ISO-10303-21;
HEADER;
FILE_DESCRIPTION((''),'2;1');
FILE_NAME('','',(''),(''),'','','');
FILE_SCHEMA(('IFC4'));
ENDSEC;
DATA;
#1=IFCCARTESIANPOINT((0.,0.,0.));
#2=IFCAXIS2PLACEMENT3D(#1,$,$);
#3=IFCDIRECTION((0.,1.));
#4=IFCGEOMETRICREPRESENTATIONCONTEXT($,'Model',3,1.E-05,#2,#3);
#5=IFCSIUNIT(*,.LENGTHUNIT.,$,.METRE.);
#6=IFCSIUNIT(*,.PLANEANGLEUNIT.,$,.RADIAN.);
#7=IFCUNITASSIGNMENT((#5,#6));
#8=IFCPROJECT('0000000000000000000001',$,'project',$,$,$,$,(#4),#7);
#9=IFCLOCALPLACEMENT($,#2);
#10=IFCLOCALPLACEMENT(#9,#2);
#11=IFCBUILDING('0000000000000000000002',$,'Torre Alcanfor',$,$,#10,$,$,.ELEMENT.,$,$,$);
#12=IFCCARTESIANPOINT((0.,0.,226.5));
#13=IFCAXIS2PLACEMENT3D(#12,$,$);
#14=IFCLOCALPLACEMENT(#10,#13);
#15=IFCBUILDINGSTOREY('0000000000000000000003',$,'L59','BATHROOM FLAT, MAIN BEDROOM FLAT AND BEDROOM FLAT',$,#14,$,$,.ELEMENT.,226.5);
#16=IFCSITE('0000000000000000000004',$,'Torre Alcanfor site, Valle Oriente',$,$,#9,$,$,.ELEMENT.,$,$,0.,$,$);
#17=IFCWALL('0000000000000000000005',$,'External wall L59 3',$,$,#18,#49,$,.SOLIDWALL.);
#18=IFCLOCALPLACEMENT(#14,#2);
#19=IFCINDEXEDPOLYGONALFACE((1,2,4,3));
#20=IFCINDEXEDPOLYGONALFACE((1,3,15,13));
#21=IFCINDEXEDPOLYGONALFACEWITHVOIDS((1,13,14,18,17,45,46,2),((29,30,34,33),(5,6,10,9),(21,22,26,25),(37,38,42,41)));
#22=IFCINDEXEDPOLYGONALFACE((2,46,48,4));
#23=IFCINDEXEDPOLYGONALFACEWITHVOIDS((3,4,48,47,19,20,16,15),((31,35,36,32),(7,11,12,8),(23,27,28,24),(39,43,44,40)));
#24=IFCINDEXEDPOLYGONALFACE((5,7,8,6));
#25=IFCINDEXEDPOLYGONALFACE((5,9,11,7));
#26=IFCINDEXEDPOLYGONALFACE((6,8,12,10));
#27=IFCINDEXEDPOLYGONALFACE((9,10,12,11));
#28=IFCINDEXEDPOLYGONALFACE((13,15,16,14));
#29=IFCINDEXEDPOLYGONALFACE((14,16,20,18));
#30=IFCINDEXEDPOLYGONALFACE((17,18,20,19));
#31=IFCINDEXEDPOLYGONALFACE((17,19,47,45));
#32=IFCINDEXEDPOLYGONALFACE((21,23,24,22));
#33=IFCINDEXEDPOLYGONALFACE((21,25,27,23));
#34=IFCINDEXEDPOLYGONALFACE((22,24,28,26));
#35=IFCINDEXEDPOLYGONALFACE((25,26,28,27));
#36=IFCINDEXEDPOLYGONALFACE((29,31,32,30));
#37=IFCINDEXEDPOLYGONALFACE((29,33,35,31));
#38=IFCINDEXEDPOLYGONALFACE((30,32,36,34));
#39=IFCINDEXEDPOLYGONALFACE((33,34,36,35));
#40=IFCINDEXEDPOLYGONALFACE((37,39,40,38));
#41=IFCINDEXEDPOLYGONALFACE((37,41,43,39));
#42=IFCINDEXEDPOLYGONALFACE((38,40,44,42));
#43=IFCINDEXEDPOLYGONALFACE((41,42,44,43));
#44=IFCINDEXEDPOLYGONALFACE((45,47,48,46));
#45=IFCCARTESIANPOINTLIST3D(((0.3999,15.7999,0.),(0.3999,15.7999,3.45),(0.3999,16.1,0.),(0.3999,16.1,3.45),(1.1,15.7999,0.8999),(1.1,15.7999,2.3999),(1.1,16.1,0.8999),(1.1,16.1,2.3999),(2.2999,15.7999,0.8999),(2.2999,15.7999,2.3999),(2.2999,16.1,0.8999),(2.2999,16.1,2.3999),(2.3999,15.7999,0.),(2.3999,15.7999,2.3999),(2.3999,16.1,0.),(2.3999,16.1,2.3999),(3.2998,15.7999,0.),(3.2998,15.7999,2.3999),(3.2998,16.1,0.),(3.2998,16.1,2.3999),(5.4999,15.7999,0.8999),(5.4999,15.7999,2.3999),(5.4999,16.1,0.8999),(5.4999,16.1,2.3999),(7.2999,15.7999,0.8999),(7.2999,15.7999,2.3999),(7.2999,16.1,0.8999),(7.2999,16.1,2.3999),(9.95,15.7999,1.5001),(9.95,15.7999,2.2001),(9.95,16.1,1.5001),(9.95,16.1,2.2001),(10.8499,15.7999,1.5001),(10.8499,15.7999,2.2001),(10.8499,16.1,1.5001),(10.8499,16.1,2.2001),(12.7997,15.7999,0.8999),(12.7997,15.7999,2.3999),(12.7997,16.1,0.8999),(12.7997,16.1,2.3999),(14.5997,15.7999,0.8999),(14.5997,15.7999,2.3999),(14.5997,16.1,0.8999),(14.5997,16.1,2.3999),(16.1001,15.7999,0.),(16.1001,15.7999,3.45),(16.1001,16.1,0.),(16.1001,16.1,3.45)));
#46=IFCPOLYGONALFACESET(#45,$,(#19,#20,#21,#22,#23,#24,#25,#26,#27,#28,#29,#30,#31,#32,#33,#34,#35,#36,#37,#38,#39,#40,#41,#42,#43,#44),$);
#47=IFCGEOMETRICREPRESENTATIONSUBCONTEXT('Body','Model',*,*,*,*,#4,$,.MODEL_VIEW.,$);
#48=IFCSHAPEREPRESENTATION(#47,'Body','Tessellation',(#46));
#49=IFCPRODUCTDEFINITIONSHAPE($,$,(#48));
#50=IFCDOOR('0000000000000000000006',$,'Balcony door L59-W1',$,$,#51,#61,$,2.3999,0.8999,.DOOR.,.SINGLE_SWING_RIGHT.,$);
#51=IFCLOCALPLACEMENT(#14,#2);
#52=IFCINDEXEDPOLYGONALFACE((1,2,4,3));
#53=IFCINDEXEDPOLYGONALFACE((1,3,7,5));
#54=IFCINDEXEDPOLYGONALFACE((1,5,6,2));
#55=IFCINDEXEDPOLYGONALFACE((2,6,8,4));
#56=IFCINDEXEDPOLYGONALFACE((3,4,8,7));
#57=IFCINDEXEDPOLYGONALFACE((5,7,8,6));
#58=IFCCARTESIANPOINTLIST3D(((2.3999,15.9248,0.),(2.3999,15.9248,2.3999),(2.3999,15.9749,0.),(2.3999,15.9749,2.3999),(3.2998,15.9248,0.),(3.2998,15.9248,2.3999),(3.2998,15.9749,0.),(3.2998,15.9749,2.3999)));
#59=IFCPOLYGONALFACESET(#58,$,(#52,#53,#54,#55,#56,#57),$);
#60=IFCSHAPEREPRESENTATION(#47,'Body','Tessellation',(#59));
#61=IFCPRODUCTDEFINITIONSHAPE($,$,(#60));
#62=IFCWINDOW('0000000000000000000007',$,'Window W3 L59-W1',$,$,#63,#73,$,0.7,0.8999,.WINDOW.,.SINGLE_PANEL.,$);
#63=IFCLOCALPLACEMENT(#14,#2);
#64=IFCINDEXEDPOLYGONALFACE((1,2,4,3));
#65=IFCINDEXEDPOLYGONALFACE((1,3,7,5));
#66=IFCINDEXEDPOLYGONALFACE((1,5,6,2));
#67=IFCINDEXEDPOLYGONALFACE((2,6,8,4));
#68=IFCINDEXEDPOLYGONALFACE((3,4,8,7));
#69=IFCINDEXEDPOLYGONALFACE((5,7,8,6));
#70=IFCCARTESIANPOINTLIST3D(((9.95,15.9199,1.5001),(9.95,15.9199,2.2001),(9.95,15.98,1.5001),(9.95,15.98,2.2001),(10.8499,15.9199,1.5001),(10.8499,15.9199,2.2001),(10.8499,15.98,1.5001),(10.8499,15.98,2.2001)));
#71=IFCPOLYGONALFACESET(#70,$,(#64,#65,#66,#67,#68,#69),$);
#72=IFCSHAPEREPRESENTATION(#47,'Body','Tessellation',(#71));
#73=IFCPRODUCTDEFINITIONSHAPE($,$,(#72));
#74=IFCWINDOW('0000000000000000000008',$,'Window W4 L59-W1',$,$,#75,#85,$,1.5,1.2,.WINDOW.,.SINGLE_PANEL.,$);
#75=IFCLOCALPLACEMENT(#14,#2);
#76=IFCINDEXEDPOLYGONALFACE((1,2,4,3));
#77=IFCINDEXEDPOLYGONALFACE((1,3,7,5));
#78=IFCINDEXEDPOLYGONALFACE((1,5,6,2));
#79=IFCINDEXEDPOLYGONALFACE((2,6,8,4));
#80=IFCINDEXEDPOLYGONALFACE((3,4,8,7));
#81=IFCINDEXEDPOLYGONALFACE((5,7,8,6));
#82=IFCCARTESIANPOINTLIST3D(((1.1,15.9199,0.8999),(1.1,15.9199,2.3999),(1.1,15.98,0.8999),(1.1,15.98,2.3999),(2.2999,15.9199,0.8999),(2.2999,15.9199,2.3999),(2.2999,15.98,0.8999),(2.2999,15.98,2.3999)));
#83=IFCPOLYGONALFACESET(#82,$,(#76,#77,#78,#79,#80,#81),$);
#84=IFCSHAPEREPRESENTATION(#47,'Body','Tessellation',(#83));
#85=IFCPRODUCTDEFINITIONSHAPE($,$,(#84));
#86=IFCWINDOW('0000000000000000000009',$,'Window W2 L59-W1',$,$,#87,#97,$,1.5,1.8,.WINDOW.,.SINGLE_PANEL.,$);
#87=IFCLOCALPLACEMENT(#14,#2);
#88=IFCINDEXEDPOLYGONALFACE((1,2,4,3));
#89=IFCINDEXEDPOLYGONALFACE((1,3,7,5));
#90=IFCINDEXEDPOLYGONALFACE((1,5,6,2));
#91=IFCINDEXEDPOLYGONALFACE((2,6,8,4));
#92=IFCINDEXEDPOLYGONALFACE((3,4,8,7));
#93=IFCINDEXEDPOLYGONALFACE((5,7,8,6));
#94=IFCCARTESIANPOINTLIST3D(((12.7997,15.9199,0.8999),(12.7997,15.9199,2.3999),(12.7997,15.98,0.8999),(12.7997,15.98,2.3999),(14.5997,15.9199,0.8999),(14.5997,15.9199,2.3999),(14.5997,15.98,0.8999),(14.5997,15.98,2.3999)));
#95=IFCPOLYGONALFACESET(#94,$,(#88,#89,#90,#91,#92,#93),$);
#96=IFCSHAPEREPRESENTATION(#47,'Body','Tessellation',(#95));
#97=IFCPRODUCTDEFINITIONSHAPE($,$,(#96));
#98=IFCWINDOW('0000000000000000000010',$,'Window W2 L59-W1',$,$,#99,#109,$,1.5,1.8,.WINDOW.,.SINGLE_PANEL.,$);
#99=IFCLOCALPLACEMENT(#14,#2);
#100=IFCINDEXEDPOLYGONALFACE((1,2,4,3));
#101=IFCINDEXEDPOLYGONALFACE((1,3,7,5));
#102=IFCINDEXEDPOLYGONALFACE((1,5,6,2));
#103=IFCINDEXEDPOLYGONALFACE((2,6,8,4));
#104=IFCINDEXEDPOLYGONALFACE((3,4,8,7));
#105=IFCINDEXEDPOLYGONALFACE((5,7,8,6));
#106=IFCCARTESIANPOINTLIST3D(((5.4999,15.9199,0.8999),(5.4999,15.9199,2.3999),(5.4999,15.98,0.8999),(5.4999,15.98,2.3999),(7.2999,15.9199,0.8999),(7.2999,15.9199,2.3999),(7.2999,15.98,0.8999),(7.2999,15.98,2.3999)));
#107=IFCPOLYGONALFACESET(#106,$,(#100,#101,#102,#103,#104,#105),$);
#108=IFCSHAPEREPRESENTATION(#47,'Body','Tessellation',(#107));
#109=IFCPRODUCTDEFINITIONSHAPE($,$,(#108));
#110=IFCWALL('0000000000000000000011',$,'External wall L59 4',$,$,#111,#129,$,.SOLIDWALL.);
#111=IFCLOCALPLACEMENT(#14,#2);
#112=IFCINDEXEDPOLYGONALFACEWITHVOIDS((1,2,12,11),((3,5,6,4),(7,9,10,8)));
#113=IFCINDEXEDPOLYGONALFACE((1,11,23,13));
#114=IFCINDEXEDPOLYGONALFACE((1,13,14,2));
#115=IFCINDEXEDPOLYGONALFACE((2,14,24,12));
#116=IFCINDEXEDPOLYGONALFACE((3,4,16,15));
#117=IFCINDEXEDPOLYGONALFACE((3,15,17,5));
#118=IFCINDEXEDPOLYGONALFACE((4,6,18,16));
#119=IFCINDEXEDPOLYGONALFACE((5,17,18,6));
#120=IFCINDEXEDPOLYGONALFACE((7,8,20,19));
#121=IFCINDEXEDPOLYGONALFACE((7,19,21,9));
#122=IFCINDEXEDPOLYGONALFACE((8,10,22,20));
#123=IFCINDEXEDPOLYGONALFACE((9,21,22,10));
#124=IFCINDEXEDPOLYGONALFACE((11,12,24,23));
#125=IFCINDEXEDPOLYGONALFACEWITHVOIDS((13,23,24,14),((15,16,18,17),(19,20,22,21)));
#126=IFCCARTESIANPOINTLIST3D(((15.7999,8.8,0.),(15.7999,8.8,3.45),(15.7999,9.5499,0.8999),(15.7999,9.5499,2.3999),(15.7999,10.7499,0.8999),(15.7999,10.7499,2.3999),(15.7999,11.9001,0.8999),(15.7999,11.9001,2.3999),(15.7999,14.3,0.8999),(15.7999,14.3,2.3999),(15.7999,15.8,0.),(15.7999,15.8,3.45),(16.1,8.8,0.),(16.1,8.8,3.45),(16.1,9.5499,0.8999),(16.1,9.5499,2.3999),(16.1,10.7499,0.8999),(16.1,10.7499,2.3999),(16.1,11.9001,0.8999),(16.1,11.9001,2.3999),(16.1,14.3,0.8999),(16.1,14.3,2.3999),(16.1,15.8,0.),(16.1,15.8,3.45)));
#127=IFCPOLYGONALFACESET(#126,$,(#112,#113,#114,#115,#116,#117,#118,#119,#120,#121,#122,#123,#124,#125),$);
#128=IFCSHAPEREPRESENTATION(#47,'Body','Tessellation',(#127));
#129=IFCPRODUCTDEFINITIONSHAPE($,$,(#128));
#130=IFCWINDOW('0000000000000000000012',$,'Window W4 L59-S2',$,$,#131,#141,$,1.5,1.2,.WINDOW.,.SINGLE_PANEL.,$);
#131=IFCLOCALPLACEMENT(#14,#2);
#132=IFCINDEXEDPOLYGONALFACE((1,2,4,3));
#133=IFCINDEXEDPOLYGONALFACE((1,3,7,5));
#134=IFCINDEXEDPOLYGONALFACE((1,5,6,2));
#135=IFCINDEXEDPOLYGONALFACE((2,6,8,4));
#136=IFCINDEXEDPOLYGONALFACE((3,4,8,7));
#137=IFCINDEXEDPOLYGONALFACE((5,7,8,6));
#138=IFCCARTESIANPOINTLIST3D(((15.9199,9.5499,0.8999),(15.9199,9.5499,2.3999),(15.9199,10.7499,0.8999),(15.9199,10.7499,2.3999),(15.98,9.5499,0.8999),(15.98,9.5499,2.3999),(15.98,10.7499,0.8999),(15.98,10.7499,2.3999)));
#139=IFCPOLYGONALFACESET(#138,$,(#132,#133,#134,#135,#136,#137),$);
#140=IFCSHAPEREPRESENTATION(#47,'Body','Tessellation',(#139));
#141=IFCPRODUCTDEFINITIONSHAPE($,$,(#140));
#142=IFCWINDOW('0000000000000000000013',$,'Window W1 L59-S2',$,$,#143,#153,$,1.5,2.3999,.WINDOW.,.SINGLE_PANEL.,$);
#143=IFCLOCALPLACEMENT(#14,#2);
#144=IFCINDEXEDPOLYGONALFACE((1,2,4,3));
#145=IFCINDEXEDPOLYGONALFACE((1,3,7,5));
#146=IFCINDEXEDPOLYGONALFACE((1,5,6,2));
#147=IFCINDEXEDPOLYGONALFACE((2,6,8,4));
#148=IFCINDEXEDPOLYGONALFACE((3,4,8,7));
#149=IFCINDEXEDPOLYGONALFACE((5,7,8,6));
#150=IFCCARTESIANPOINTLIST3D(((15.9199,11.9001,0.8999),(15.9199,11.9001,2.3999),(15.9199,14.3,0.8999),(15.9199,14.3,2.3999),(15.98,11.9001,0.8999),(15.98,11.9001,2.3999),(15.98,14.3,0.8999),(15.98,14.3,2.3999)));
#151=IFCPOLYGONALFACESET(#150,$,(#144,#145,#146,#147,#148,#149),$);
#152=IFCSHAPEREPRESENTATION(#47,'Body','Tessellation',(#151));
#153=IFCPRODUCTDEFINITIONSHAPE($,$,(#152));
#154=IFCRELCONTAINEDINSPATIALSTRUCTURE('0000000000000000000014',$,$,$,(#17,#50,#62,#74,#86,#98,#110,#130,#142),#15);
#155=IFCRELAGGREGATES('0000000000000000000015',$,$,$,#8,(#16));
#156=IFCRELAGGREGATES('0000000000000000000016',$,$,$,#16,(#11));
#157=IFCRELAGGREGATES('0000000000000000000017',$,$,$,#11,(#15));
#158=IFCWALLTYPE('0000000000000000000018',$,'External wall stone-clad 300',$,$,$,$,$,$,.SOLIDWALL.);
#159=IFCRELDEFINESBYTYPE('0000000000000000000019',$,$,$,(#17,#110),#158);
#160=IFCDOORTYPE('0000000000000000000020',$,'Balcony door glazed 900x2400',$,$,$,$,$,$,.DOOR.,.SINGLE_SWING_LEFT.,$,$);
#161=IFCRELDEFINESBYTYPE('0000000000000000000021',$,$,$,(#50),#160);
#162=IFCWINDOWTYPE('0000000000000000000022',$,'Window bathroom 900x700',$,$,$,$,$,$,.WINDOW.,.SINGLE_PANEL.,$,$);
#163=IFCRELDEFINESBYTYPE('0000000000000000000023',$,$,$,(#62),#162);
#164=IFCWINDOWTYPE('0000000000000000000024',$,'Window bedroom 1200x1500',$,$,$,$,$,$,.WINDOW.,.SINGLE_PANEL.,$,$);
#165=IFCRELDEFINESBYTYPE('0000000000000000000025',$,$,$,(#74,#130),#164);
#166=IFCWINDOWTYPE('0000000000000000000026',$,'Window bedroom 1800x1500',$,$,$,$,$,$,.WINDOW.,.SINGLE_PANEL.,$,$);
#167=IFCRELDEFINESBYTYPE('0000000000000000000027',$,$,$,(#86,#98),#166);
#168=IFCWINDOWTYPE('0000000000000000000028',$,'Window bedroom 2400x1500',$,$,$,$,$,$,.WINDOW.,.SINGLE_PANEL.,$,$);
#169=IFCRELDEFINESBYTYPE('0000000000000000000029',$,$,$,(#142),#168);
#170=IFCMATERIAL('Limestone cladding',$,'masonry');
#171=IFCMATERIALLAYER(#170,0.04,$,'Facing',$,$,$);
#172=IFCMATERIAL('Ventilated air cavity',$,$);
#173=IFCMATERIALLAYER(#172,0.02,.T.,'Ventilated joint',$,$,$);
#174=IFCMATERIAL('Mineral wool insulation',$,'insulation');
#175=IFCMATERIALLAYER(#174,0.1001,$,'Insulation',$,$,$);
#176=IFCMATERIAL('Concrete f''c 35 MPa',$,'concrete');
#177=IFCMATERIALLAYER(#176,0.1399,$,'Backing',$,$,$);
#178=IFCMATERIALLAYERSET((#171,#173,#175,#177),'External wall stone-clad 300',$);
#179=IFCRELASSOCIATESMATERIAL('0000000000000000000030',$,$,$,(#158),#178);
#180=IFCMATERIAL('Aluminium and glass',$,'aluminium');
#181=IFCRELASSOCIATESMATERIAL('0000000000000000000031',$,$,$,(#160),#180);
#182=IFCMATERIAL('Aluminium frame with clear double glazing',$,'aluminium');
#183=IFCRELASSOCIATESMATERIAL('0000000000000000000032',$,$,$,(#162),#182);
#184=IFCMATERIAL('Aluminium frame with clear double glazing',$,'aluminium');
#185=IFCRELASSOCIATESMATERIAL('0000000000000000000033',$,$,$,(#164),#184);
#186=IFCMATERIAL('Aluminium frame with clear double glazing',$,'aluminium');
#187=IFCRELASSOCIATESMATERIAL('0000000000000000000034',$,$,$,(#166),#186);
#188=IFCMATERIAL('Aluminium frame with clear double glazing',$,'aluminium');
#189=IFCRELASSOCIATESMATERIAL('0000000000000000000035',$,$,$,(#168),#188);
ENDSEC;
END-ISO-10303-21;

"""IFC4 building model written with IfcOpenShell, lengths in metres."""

from ifc_helpers import new_model, si_unit, direction, frame, frame_2d, origin, place, context, subcontext, project, spatial, rectangle, extrude, material, layer, layer_set, type_object, element, fill, save


model = new_model("IFC4")

# Units and contexts
model_context = context("Model", 3, precision=1e-05, world=origin(), true_north=direction((0.0, 1.0)))
body_context = subcontext(model_context, "Body", "Model", "MODEL_VIEW")
ifc_project = project(units=[si_unit("LENGTHUNIT", "METRE"), si_unit("PLANEANGLEUNIT", "RADIAN")], contexts=[model_context])

# Site, building, storey
site_placement = place(None, origin())
site = spatial("IfcSite", under=ifc_project, at=site_placement, Name="Torre Alcanfor site, Valle Oriente", CompositionType="ELEMENT", RefElevation=0.0)
building_placement = place(site_placement, origin())
building = spatial("IfcBuilding", under=site, at=building_placement, Name="Torre Alcanfor", CompositionType="ELEMENT")
storey_placement = place(building_placement, frame((0.0, 0.0, 226.5)))
storey = spatial("IfcBuildingStorey", under=building, at=storey_placement, Name="L59", Description="BATHROOM FLAT, MAIN BEDROOM FLAT AND BEDROOM FLAT", CompositionType="ELEMENT", Elevation=226.5)

# Wall, openings, door, windows
ifc_material_1 = material(Name="Limestone cladding", Category="masonry")
ifc_layer_1 = layer(ifc_material_1, 0.04, Name="Facing")
ifc_material_2 = material(Name="Ventilated air cavity")
ifc_layer_2 = layer(ifc_material_2, 0.02, ventilated=True, Name="Ventilated joint")
ifc_material_3 = material(Name="Mineral wool insulation", Category="insulation")
ifc_layer_3 = layer(ifc_material_3, 0.1001, Name="Insulation")
ifc_material_4 = material(Name="Concrete f'c 35 MPa", Category="concrete")
ifc_layer_4 = layer(ifc_material_4, 0.1399, Name="Backing")
ifc_layer_set_1 = layer_set([ifc_layer_1, ifc_layer_2, ifc_layer_3, ifc_layer_4], Name="External wall stone-clad 300")
wall_type_1 = type_object("IfcWallType", Name="External wall stone-clad 300", PredefinedType="SOLIDWALL", material=ifc_layer_set_1)
wall_1_placement = place(storey_placement, frame((0.3999, 15.95, 0.0), z_axis=(0.0, 0.0, 1.0), x_axis=(1.0, 0.0, 0.0)))
wall_1 = element("IfcWall", 1, at=wall_1_placement, inside=storey, type_object=wall_type_1, Name="External wall L59 3", PredefinedType="SOLIDWALL", context=body_context, shape_type="SweptSolid", body=[
    extrude(rectangle(XDim=15.7002, YDim=0.3, at=frame_2d((7.8501, 0.0))), origin(), (0.0, 0.0, 1.0), 3.45),
])
opening_1_placement = place(wall_1_placement, frame((12.3999, 0.0, 0.8999)))
opening_1 = element("IfcOpeningElement", 2, at=opening_1_placement, cuts=wall_1, PredefinedType="OPENING", context=body_context, shape_type="SweptSolid", body=[
    extrude(rectangle(XDim=1.8, YDim=1.5, at=frame_2d((0.8999, 0.75))), frame((0.0, 0.1599, 0.0), z_axis=(0.0, -1.0, 0.0), x_axis=(1.0, 0.0, 0.0)), (0.0, 0.0, 1.0), 0.3201),
])
opening_2_placement = place(wall_1_placement, frame((9.55, 0.0, 1.5)))
opening_2 = element("IfcOpeningElement", 3, at=opening_2_placement, cuts=wall_1, PredefinedType="OPENING", context=body_context, shape_type="SweptSolid", body=[
    extrude(rectangle(XDim=0.8999, YDim=0.7, at=frame_2d((0.45, 0.3501))), frame((0.0, 0.1599, 0.0), z_axis=(0.0, -1.0, 0.0), x_axis=(1.0, 0.0, 0.0)), (0.0, 0.0, 1.0), 0.3201),
])
opening_3_placement = place(wall_1_placement, frame((5.1001, 0.0, 0.8999)))
opening_3 = element("IfcOpeningElement", 4, at=opening_3_placement, cuts=wall_1, PredefinedType="OPENING", context=body_context, shape_type="SweptSolid", body=[
    extrude(rectangle(XDim=1.8, YDim=1.5, at=frame_2d((0.8999, 0.75))), frame((0.0, 0.1599, 0.0), z_axis=(0.0, -1.0, 0.0), x_axis=(1.0, 0.0, 0.0)), (0.0, 0.0, 1.0), 0.3201),
])
opening_4_placement = place(wall_1_placement, frame((2.0, 0.0, 0.0)))
opening_4 = element("IfcOpeningElement", 5, at=opening_4_placement, cuts=wall_1, PredefinedType="OPENING", context=body_context, shape_type="SweptSolid", body=[
    extrude(rectangle(XDim=0.8999, YDim=2.3999, at=frame_2d((0.45, 1.2))), frame((0.0, 0.1599, 0.0), z_axis=(0.0, -1.0, 0.0), x_axis=(1.0, 0.0, 0.0)), (0.0, 0.0, 1.0), 0.3201),
])
opening_5_placement = place(wall_1_placement, frame((0.7, 0.0, 0.8999)))
opening_5 = element("IfcOpeningElement", 6, at=opening_5_placement, cuts=wall_1, PredefinedType="OPENING", context=body_context, shape_type="SweptSolid", body=[
    extrude(rectangle(XDim=1.2, YDim=1.5, at=frame_2d((0.6001, 0.75))), frame((0.0, 0.1599, 0.0), z_axis=(0.0, -1.0, 0.0), x_axis=(1.0, 0.0, 0.0)), (0.0, 0.0, 1.0), 0.3201),
])
ifc_material_5 = material(Name="Aluminium and glass", Category="aluminium")
door_type = type_object("IfcDoorType", Name="Balcony door glazed 900x2400", OperationType="SINGLE_SWING_LEFT", PredefinedType="DOOR", material=ifc_material_5)
door_placement = place(opening_4_placement, origin())
door = element("IfcDoor", 7, at=door_placement, inside=storey, type_object=door_type, Name="Balcony door L59-W1", OperationType="SINGLE_SWING_RIGHT", OverallHeight=2.3999, OverallWidth=0.8999, PredefinedType="DOOR", context=body_context, shape_type="SweptSolid", body=[
    extrude(rectangle(XDim=0.8999, YDim=2.3999, at=frame_2d((0.45, 1.2))), frame((0.0, 0.0249, 0.0), z_axis=(0.0, -1.0, 0.0), x_axis=(1.0, 0.0, 0.0)), (0.0, 0.0, 1.0), 0.05),
])
fill(opening_4, door)
ifc_material_6 = material(Name="Aluminium frame with clear double glazing", Category="aluminium")
window_type_1 = type_object("IfcWindowType", Name="Window bathroom 900x700", PartitioningType="SINGLE_PANEL", PredefinedType="WINDOW", material=ifc_material_6)
window_1_placement = place(opening_2_placement, origin())
window_1 = element("IfcWindow", 8, at=window_1_placement, inside=storey, type_object=window_type_1, Name="Window W3 L59-W1", OverallHeight=0.7, OverallWidth=0.8999, PartitioningType="SINGLE_PANEL", PredefinedType="WINDOW", context=body_context, shape_type="SweptSolid", body=[
    extrude(rectangle(XDim=0.8999, YDim=0.7, at=frame_2d((0.45, 0.3501))), frame((0.0, 0.03, 0.0), z_axis=(0.0, -1.0, 0.0), x_axis=(1.0, 0.0, 0.0)), (0.0, 0.0, 1.0), 0.0601),
])
fill(opening_2, window_1)
ifc_material_7 = material(Name="Aluminium frame with clear double glazing", Category="aluminium")
window_type_2 = type_object("IfcWindowType", Name="Window bedroom 1200x1500", PartitioningType="SINGLE_PANEL", PredefinedType="WINDOW", material=ifc_material_7)
window_2_placement = place(opening_5_placement, origin())
window_2 = element("IfcWindow", 9, at=window_2_placement, inside=storey, type_object=window_type_2, Name="Window W4 L59-W1", OverallHeight=1.5, OverallWidth=1.2, PartitioningType="SINGLE_PANEL", PredefinedType="WINDOW", context=body_context, shape_type="SweptSolid", body=[
    extrude(rectangle(XDim=1.2, YDim=1.5, at=frame_2d((0.6001, 0.75))), frame((0.0, 0.03, 0.0), z_axis=(0.0, -1.0, 0.0), x_axis=(1.0, 0.0, 0.0)), (0.0, 0.0, 1.0), 0.0601),
])
fill(opening_5, window_2)
ifc_material_8 = material(Name="Aluminium frame with clear double glazing", Category="aluminium")
window_type_3 = type_object("IfcWindowType", Name="Window bedroom 1800x1500", PartitioningType="SINGLE_PANEL", PredefinedType="WINDOW", material=ifc_material_8)
window_3_placement = place(opening_1_placement, origin())
window_3 = element("IfcWindow", 10, at=window_3_placement, inside=storey, type_object=window_type_3, Name="Window W2 L59-W1", OverallHeight=1.5, OverallWidth=1.8, PartitioningType="SINGLE_PANEL", PredefinedType="WINDOW", context=body_context, shape_type="SweptSolid", body=[
    extrude(rectangle(XDim=1.8, YDim=1.5, at=frame_2d((0.8999, 0.75))), frame((0.0, 0.03, 0.0), z_axis=(0.0, -1.0, 0.0), x_axis=(1.0, 0.0, 0.0)), (0.0, 0.0, 1.0), 0.0601),
])
fill(opening_1, window_3)
window_4_placement = place(opening_3_placement, origin())
window_4 = element("IfcWindow", 11, at=window_4_placement, inside=storey, type_object=window_type_3, Name="Window W2 L59-W1", OverallHeight=1.5, OverallWidth=1.8, PartitioningType="SINGLE_PANEL", PredefinedType="WINDOW", context=body_context, shape_type="SweptSolid", body=[
    extrude(rectangle(XDim=1.8, YDim=1.5, at=frame_2d((0.8999, 0.75))), frame((0.0, 0.03, 0.0), z_axis=(0.0, -1.0, 0.0), x_axis=(1.0, 0.0, 0.0)), (0.0, 0.0, 1.0), 0.0601),
])
fill(opening_3, window_4)

# Wall, openings, windows
wall_2_placement = place(storey_placement, frame((15.95, 15.8, 0.0), z_axis=(0.0, 0.0, 1.0), x_axis=(0.0, -1.0, 0.0)))
wall_2 = element("IfcWall", 12, at=wall_2_placement, inside=storey, type_object=wall_type_1, Name="External wall L59 4", PredefinedType="SOLIDWALL", context=body_context, shape_type="SweptSolid", body=[
    extrude(rectangle(XDim=7.0, YDim=0.3, at=frame_2d((3.5, 0.0))), origin(), (0.0, 0.0, 1.0), 3.45),
])
opening_6_placement = place(wall_2_placement, frame((1.5, 0.0, 0.8999)))
opening_6 = element("IfcOpeningElement", 13, at=opening_6_placement, cuts=wall_2, PredefinedType="OPENING", context=body_context, shape_type="SweptSolid", body=[
    extrude(rectangle(XDim=2.3999, YDim=1.5, at=frame_2d((1.2, 0.75))), frame((0.0, 0.1599, 0.0), z_axis=(0.0, -1.0, 0.0), x_axis=(1.0, 0.0, 0.0)), (0.0, 0.0, 1.0), 0.3201),
])
opening_7_placement = place(wall_2_placement, frame((5.05, 0.0, 0.8999)))
opening_7 = element("IfcOpeningElement", 14, at=opening_7_placement, cuts=wall_2, PredefinedType="OPENING", context=body_context, shape_type="SweptSolid", body=[
    extrude(rectangle(XDim=1.2, YDim=1.5, at=frame_2d((0.6001, 0.75))), frame((0.0, 0.1599, 0.0), z_axis=(0.0, -1.0, 0.0), x_axis=(1.0, 0.0, 0.0)), (0.0, 0.0, 1.0), 0.3201),
])
window_5_placement = place(opening_7_placement, origin())
window_5 = element("IfcWindow", 15, at=window_5_placement, inside=storey, type_object=window_type_2, Name="Window W4 L59-S2", OverallHeight=1.5, OverallWidth=1.2, PartitioningType="SINGLE_PANEL", PredefinedType="WINDOW", context=body_context, shape_type="SweptSolid", body=[
    extrude(rectangle(XDim=1.2, YDim=1.5, at=frame_2d((0.6001, 0.75))), frame((0.0, 0.03, 0.0), z_axis=(0.0, -1.0, 0.0), x_axis=(1.0, 0.0, 0.0)), (0.0, 0.0, 1.0), 0.0601),
])
fill(opening_7, window_5)
ifc_material_9 = material(Name="Aluminium frame with clear double glazing", Category="aluminium")
window_type_4 = type_object("IfcWindowType", Name="Window bedroom 2400x1500", PartitioningType="SINGLE_PANEL", PredefinedType="WINDOW", material=ifc_material_9)
window_6_placement = place(opening_6_placement, origin())
window_6 = element("IfcWindow", 16, at=window_6_placement, inside=storey, type_object=window_type_4, Name="Window W1 L59-S2", OverallHeight=1.5, OverallWidth=2.3999, PartitioningType="SINGLE_PANEL", PredefinedType="WINDOW", context=body_context, shape_type="SweptSolid", body=[
    extrude(rectangle(XDim=2.3999, YDim=1.5, at=frame_2d((1.2, 0.75))), frame((0.0, 0.03, 0.0), z_axis=(0.0, -1.0, 0.0), x_axis=(1.0, 0.0, 0.0)), (0.0, 0.0, 1.0), 0.0601),
])
fill(opening_6, window_6)

save(model, "model.ifc")
